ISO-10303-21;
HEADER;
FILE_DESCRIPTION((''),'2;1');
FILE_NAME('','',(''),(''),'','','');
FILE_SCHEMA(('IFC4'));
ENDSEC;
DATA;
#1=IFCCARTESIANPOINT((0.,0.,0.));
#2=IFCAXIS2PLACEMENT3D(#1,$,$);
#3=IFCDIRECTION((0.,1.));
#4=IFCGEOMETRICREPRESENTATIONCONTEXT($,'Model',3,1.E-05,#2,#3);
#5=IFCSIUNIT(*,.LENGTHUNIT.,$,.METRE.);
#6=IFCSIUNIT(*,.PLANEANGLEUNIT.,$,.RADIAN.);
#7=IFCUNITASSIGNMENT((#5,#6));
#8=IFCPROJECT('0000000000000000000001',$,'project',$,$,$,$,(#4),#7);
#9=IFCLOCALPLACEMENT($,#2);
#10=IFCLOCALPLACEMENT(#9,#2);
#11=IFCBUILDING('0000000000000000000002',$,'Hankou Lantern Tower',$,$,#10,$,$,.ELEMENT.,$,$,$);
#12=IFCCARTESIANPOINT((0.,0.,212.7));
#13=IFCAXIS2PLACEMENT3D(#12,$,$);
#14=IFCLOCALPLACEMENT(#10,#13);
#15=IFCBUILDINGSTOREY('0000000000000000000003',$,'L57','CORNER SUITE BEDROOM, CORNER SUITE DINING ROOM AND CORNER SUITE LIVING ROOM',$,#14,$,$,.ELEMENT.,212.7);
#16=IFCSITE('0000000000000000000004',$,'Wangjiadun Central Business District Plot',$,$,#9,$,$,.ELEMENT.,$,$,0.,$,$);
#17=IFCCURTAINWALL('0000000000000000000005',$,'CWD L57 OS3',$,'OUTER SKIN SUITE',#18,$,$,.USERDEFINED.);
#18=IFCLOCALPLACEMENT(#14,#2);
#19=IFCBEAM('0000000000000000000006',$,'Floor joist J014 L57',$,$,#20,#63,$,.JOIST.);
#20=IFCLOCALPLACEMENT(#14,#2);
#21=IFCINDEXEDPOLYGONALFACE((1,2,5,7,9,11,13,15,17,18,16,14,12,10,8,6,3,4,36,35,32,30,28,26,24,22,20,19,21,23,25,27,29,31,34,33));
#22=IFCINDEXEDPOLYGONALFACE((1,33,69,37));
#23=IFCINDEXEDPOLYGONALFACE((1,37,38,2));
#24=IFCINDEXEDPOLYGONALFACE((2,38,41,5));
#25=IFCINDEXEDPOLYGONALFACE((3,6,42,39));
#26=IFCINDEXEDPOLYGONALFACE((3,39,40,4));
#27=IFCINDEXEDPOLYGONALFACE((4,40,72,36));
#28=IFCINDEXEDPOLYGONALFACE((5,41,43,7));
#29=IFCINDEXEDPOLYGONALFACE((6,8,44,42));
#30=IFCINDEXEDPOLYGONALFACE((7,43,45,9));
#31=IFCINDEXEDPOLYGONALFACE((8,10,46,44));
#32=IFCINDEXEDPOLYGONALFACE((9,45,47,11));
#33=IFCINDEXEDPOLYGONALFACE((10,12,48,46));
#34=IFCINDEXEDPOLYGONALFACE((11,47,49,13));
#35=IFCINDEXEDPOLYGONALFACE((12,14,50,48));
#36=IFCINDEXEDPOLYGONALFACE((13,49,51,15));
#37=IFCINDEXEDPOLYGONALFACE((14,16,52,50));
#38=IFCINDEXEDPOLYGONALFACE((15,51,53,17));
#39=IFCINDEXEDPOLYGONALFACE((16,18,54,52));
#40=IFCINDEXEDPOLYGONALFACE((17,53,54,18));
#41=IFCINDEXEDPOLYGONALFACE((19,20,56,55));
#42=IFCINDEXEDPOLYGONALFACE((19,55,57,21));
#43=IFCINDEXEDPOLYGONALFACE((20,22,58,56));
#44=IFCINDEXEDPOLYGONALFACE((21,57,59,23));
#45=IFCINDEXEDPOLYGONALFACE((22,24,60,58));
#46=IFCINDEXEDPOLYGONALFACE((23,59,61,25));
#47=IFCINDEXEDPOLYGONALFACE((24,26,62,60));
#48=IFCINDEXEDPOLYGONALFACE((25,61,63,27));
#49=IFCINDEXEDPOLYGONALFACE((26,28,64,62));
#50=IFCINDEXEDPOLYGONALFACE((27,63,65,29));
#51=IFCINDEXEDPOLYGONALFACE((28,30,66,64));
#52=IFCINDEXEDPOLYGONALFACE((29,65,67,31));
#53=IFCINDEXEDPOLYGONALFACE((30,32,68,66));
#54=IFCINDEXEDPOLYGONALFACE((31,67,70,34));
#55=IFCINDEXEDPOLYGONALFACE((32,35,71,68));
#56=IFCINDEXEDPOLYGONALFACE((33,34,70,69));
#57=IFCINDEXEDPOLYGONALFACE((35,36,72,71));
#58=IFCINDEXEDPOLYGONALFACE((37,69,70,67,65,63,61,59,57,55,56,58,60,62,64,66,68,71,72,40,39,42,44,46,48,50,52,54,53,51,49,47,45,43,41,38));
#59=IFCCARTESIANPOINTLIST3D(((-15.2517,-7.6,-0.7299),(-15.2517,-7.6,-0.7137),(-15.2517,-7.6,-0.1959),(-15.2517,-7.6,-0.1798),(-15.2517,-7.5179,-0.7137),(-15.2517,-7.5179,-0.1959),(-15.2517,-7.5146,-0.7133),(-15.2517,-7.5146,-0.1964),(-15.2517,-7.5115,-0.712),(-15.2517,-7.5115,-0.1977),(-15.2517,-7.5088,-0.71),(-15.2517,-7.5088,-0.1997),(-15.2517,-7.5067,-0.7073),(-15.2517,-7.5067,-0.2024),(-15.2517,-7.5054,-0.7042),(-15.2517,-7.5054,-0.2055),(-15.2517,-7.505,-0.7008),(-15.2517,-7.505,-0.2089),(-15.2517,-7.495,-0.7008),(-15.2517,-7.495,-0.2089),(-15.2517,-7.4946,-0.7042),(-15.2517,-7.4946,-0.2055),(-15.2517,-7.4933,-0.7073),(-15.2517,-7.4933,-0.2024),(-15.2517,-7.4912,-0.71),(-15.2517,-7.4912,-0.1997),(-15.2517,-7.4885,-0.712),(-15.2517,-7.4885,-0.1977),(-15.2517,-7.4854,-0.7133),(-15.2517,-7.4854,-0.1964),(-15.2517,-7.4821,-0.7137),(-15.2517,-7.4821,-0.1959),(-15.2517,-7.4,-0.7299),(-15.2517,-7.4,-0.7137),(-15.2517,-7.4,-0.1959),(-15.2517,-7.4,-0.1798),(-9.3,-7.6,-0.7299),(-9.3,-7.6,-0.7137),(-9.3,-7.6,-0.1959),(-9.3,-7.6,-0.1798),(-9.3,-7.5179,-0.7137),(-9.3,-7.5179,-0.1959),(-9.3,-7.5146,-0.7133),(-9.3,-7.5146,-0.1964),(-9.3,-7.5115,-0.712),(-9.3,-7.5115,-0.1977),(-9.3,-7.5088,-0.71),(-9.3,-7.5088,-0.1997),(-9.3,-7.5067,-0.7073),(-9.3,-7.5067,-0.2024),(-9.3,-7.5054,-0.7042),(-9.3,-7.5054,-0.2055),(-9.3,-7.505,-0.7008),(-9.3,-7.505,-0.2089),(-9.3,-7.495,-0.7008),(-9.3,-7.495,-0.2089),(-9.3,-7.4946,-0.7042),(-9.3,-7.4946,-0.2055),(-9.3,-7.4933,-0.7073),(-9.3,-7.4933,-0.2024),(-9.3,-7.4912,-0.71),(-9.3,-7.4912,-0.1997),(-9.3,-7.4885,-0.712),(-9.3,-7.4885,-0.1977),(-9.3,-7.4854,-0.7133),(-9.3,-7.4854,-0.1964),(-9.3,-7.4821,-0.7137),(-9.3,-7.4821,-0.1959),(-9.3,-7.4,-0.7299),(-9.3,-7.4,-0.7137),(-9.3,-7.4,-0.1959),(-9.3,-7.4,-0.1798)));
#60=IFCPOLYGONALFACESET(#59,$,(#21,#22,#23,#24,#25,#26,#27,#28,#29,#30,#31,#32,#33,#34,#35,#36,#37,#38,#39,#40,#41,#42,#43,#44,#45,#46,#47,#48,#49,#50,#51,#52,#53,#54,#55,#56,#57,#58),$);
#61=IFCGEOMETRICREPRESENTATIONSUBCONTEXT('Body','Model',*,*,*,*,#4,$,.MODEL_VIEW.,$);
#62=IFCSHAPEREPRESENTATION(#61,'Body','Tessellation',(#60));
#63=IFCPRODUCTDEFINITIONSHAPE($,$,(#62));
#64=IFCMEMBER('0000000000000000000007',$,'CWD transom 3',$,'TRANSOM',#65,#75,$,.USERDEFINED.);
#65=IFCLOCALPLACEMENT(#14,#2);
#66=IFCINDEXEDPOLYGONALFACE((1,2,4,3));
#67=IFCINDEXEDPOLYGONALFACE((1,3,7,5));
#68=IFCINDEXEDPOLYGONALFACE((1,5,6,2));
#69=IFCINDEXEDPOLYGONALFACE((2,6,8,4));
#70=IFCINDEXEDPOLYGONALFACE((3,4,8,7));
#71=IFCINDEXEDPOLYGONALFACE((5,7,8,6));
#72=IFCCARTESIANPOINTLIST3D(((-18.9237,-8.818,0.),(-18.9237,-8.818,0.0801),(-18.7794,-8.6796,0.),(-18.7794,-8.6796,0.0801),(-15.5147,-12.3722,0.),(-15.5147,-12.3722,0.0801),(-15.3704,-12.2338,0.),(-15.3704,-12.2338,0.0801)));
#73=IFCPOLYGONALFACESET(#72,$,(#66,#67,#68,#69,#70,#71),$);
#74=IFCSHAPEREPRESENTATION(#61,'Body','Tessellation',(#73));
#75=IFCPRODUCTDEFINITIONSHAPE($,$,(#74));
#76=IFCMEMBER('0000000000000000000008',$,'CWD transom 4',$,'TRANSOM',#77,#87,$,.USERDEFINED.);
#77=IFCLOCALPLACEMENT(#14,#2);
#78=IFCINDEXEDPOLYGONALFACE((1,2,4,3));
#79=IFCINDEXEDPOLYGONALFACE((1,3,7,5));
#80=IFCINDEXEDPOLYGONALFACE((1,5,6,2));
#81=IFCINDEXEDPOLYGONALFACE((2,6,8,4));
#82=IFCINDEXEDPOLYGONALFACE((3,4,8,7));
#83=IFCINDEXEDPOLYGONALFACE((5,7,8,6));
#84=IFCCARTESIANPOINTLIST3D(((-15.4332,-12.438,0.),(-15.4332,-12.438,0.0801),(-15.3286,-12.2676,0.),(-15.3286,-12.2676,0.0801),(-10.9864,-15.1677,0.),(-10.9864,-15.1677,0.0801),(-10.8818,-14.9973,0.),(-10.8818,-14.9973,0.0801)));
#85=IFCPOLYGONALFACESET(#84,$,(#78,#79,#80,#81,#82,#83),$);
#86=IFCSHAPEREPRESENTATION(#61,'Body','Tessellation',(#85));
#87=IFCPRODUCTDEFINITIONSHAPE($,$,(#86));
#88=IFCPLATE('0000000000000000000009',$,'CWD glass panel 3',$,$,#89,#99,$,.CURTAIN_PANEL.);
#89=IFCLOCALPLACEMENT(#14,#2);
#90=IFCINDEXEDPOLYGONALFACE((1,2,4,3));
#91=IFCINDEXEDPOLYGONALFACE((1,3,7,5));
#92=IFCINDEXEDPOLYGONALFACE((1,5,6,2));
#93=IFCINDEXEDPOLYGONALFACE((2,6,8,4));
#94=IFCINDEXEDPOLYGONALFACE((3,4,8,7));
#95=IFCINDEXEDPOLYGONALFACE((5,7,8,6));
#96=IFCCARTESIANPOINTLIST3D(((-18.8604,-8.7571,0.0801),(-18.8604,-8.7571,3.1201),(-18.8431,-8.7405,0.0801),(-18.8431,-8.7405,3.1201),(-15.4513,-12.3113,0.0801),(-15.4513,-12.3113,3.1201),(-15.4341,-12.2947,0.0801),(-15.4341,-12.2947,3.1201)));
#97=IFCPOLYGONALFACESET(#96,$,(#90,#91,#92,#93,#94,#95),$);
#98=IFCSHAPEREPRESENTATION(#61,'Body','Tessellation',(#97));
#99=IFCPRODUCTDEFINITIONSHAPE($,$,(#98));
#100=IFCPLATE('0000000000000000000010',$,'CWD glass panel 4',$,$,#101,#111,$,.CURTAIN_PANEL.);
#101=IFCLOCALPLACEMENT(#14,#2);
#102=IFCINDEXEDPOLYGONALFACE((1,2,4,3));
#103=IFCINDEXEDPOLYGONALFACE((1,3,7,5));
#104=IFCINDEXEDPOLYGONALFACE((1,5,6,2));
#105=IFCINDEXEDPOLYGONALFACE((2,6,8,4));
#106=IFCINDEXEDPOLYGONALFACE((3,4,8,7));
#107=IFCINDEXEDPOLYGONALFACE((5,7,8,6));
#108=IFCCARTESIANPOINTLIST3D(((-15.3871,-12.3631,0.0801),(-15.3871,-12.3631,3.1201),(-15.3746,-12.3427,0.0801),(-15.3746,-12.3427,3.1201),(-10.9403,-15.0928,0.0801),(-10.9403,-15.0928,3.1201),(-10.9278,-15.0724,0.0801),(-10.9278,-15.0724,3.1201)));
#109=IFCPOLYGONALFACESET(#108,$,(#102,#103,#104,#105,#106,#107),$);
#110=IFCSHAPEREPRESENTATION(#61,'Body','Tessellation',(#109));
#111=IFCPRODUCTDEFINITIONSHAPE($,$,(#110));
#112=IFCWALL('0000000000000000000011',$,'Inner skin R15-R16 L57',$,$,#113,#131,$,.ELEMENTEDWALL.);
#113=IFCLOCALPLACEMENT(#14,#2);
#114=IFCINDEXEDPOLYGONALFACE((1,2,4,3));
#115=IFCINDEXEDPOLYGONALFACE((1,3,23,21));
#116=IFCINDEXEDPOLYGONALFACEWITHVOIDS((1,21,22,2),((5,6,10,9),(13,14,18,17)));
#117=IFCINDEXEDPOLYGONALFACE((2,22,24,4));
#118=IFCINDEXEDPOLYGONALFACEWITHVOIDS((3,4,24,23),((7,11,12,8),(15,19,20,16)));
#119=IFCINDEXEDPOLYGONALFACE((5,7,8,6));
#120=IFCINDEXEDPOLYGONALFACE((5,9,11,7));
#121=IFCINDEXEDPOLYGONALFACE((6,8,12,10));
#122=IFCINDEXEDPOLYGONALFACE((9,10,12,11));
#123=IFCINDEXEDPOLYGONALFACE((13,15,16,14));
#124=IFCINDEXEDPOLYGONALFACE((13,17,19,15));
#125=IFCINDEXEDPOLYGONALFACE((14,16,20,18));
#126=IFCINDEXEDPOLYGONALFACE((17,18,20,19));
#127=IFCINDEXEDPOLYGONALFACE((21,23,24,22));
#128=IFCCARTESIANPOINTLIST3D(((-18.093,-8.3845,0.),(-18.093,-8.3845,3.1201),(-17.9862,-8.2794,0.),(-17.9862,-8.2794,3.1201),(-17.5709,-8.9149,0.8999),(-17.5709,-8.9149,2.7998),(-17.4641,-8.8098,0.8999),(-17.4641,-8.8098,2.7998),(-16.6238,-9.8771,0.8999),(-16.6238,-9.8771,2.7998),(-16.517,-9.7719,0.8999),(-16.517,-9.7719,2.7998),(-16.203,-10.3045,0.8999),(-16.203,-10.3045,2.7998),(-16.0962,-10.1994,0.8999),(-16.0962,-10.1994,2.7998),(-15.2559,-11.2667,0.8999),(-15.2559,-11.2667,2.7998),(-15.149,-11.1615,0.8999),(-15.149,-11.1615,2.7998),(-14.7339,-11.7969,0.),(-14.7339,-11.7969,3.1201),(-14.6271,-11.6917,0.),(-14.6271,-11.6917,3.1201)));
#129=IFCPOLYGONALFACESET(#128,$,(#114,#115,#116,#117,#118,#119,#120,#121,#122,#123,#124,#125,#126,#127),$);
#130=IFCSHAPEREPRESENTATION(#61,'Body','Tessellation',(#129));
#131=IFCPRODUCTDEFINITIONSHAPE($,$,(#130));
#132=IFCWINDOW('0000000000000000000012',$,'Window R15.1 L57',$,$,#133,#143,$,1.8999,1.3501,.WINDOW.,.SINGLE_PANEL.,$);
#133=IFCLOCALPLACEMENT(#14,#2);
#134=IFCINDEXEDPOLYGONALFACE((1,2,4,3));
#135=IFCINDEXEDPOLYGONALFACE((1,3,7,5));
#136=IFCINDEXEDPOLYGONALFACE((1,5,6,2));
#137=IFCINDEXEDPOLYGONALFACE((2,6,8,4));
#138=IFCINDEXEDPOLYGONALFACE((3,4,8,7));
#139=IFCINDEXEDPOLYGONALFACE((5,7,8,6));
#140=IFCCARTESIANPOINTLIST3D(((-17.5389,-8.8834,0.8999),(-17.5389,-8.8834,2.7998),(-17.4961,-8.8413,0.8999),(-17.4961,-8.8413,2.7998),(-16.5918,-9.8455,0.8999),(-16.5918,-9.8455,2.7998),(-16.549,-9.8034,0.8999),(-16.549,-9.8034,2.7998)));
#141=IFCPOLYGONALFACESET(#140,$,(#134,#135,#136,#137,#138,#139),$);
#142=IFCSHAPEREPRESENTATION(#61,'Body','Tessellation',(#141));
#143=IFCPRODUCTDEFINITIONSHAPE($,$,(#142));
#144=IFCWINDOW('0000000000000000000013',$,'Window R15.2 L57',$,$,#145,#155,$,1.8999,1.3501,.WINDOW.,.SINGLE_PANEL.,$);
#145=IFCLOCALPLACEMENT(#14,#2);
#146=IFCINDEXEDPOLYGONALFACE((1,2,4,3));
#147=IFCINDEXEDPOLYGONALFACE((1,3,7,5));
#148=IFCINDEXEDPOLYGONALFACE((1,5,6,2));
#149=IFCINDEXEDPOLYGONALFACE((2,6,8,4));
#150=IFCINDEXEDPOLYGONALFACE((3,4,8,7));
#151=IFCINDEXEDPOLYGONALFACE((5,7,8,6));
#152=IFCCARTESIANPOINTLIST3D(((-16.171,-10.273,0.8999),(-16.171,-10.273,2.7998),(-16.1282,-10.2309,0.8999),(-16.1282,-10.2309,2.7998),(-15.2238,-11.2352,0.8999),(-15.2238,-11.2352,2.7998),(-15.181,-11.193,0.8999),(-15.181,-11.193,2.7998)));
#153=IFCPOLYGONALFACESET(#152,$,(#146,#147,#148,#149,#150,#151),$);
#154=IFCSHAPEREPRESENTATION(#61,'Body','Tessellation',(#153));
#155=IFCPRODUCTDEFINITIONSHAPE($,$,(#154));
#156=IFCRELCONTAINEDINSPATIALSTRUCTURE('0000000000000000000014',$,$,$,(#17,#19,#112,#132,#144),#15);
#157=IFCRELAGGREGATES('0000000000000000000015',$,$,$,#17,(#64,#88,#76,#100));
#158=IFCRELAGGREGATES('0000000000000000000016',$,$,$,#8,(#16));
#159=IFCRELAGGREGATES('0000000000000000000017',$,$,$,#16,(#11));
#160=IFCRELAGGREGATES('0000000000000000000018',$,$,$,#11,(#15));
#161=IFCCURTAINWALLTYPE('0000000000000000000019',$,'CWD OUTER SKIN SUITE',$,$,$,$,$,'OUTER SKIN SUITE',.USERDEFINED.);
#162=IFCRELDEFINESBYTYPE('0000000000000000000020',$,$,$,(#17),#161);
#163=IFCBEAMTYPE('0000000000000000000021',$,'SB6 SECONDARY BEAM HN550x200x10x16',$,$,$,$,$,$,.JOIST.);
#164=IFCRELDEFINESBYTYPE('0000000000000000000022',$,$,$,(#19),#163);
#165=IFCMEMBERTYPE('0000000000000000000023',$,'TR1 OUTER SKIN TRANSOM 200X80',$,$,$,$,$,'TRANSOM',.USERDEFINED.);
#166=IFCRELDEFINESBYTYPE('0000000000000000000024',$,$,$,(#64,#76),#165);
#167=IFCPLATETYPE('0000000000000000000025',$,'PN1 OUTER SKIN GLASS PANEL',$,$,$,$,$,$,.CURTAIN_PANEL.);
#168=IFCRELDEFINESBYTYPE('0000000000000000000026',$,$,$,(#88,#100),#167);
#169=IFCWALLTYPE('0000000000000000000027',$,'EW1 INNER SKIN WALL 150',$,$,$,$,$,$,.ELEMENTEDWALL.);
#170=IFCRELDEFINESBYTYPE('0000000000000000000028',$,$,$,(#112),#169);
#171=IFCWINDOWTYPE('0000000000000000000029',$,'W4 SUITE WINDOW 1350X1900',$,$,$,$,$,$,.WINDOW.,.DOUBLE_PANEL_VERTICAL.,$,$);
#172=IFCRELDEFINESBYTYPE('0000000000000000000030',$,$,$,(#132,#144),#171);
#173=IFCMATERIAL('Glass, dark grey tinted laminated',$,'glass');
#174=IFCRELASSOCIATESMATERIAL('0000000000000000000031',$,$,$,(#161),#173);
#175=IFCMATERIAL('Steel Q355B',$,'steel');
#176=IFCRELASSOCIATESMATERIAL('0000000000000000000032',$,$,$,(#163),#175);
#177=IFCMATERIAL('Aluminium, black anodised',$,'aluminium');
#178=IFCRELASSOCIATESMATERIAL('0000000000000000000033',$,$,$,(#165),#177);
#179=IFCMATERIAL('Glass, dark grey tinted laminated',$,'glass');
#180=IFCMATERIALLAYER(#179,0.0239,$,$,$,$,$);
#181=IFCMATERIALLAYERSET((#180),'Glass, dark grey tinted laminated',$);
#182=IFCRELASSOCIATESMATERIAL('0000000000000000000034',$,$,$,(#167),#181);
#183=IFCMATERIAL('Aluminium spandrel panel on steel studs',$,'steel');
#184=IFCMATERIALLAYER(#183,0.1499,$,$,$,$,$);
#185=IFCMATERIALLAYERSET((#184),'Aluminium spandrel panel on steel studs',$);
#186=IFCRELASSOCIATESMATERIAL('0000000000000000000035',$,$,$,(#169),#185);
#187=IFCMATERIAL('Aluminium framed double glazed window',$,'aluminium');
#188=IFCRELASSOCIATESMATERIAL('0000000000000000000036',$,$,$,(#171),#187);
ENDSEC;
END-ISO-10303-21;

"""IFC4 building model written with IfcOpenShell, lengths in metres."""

from ifc_helpers import new_model, si_unit, direction, frame, frame_2d, origin, origin_2d, place, context, subcontext, project, spatial, rectangle, i_section, extrude, material, layer, layer_set, material_profile, profile_set, type_object, element, fill, aggregate, save


model = new_model("IFC4")

# Units and contexts
model_context = context("Model", 3, precision=1e-05, world=origin(), true_north=direction((0.0, 1.0)))
body_context = subcontext(model_context, "Body", "Model", "MODEL_VIEW")
ifc_project = project(units=[si_unit("LENGTHUNIT", "METRE"), si_unit("PLANEANGLEUNIT", "RADIAN")], contexts=[model_context])

# Site, building, storey
site_placement = place(None, origin())
site = spatial("IfcSite", under=ifc_project, at=site_placement, Name="Wangjiadun Central Business District Plot", CompositionType="ELEMENT", RefElevation=0.0)
building_placement = place(site_placement, origin())
building = spatial("IfcBuilding", under=site, at=building_placement, Name="Hankou Lantern Tower", CompositionType="ELEMENT")
storey_placement = place(building_placement, frame((0.0, 0.0, 212.7)))
storey = spatial("IfcBuildingStorey", under=building, at=storey_placement, Name="L57", Description="CORNER SUITE BEDROOM, CORNER SUITE DINING ROOM AND CORNER SUITE LIVING ROOM", CompositionType="ELEMENT", Elevation=212.7)

# Curtain wall
ifc_material_1 = material(Name="Glass, dark grey tinted laminated", Category="glass")
curtain_wall_type = type_object("IfcCurtainWallType", Name="CWD OUTER SKIN SUITE", ElementType="OUTER SKIN SUITE", PredefinedType="USERDEFINED", material=ifc_material_1)
curtain_wall_placement = place(storey_placement, origin())
curtain_wall = element("IfcCurtainWall", 1, at=curtain_wall_placement, inside=storey, type_object=curtain_wall_type, Name="CWD L57 OS3", ObjectType="OUTER SKIN SUITE", PredefinedType="USERDEFINED")

# Beam
ifc_material_2 = material(Name="Steel Q355B", Category="steel")
ifc_material_profile_1 = material_profile(ifc_material_2, i_section(OverallWidth=0.2, OverallDepth=0.55, WebThickness=0.01, FlangeThickness=0.0161, FilletRadius=0.0129, at=origin_2d()), Name="HN550x200x10x16")
ifc_profile_set_1 = profile_set([ifc_material_profile_1], Name="Steel Q355B")
beam_type_1 = type_object("IfcBeamType", Name="SB6 SECONDARY BEAM HN550x200x10x16", PredefinedType="JOIST", material=ifc_profile_set_1)
beam_1_placement = place(storey_placement, frame((-15.2517, -7.5, -0.4548), z_axis=(1.0, 0.0, 0.0), x_axis=(0.0, 1.0, 0.0)))
element("IfcBeam", 2, at=beam_1_placement, inside=storey, type_object=beam_type_1, Name="Floor joist J014 L57", PredefinedType="JOIST", context=body_context, shape_type="SweptSolid", body=[
    extrude(i_section(OverallWidth=0.2, OverallDepth=0.55, WebThickness=0.01, FlangeThickness=0.0161, FilletRadius=0.0129, at=origin_2d()), origin(), (0.0, 0.0, 1.0), 5.9517),
])

# Members
ifc_material_3 = material(Name="Aluminium, black anodised", Category="aluminium")
ifc_material_profile_2 = material_profile(ifc_material_3, rectangle(XDim=0.2, YDim=0.0801, at=origin_2d()), Name="TR1 200X80")
ifc_profile_set_2 = profile_set([ifc_material_profile_2], Name="Aluminium, black anodised")
member_type_1 = type_object("IfcMemberType", Name="TR1 OUTER SKIN TRANSOM 200X80", ElementType="TRANSOM", PredefinedType="USERDEFINED", material=ifc_profile_set_2)
member_1_placement = place(storey_placement, frame((-18.8516, -8.7488, 0.04), z_axis=(0.692205, -0.721701, 0.0), x_axis=(0.721701, 0.692205, 0.0)))
member_1 = element("IfcMember", 3, at=member_1_placement, type_object=member_type_1, Name="CWD transom 3", ObjectType="TRANSOM", PredefinedType="USERDEFINED", context=body_context, shape_type="SweptSolid", body=[
    extrude(rectangle(XDim=0.2, YDim=0.0801, at=origin_2d()), origin(), (0.0, 0.0, 1.0), 4.9248),
])
member_2_placement = place(storey_placement, frame((-15.3809, -12.3528, 0.04), z_axis=(0.852235, -0.52316, 0.0), x_axis=(0.52316, 0.852235, 0.0)))
member_2 = element("IfcMember", 4, at=member_2_placement, type_object=member_type_1, Name="CWD transom 4", ObjectType="TRANSOM", PredefinedType="USERDEFINED", context=body_context, shape_type="SweptSolid", body=[
    extrude(rectangle(XDim=0.2, YDim=0.0801, at=origin_2d()), origin(), (0.0, 0.0, 1.0), 5.2178),
])

# Plates
ifc_material_4 = material(Name="Glass, dark grey tinted laminated", Category="glass")
ifc_layer_1 = layer(ifc_material_4, 0.0239)
ifc_layer_set_1 = layer_set([ifc_layer_1], Name="Glass, dark grey tinted laminated")
plate_type = type_object("IfcPlateType", Name="PN1 OUTER SKIN GLASS PANEL", PredefinedType="CURTAIN_PANEL", material=ifc_layer_set_1)
plate_1_placement = place(storey_placement, frame((-17.1472, -10.5259, 0.0801), z_axis=(0.0, 0.0, 1.0), x_axis=(0.692216, -0.721691, 0.0)))
plate_1 = element("IfcPlate", 5, at=plate_1_placement, type_object=plate_type, Name="CWD glass panel 3", PredefinedType="CURTAIN_PANEL", context=body_context, shape_type="SweptSolid", body=[
    extrude(rectangle(XDim=4.9248, YDim=0.0239, at=origin_2d()), origin(), (0.0, 0.0, 1.0), 3.04),
])
plate_2_placement = place(storey_placement, frame((-13.1575, -13.7178, 0.0801), z_axis=(0.0, 0.0, 1.0), x_axis=(0.852237, -0.523156, 0.0)))
plate_2 = element("IfcPlate", 6, at=plate_2_placement, type_object=plate_type, Name="CWD glass panel 4", PredefinedType="CURTAIN_PANEL", context=body_context, shape_type="SweptSolid", body=[
    extrude(rectangle(XDim=5.2178, YDim=0.0239, at=origin_2d()), origin(), (0.0, 0.0, 1.0), 3.04),
])
aggregate(curtain_wall, [member_1, plate_1, member_2, plate_2])

# Wall, openings, windows
ifc_material_5 = material(Name="Aluminium spandrel panel on steel studs", Category="steel")
ifc_layer_2 = layer(ifc_material_5, 0.1499)
ifc_layer_set_2 = layer_set([ifc_layer_2], Name="Aluminium spandrel panel on steel studs")
wall_type_1 = type_object("IfcWallType", Name="EW1 INNER SKIN WALL 150", PredefinedType="ELEMENTEDWALL", material=ifc_layer_set_2)
wall_1_placement = place(storey_placement, frame((-18.0396, -8.332, 0.0), z_axis=(0.0, 0.0, 1.0), x_axis=(0.701527, -0.712643, 0.0)))
wall_1 = element("IfcWall", 7, at=wall_1_placement, inside=storey, type_object=wall_type_1, Name="Inner skin R15-R16 L57", PredefinedType="ELEMENTEDWALL", context=body_context, shape_type="SweptSolid", body=[
    extrude(rectangle(XDim=4.7883, YDim=0.1499, at=frame_2d((2.394, 0.0))), origin(), (0.0, 0.0, 1.0), 3.1201),
])
opening_1_placement = place(wall_1_placement, frame((0.7441, 0.0, 0.8999)))
opening_1 = element("IfcOpeningElement", 8, at=opening_1_placement, cuts=wall_1, PredefinedType="OPENING", context=body_context, shape_type="SweptSolid", body=[
    extrude(rectangle(XDim=1.3501, YDim=1.8999, at=frame_2d((0.675, 0.95))), frame((0.0, 0.085, 0.0), z_axis=(0.0, -1.0, 0.0), x_axis=(1.0, 0.0, 0.0)), (0.0, 0.0, 1.0), 0.1699),
])
opening_2_placement = place(wall_1_placement, frame((2.6941, 0.0, 0.8999)))
opening_2 = element("IfcOpeningElement", 9, at=opening_2_placement, cuts=wall_1, PredefinedType="OPENING", context=body_context, shape_type="SweptSolid", body=[
    extrude(rectangle(XDim=1.3501, YDim=1.8999, at=frame_2d((0.675, 0.95))), frame((0.0, 0.085, 0.0), z_axis=(0.0, -1.0, 0.0), x_axis=(1.0, 0.0, 0.0)), (0.0, 0.0, 1.0), 0.1699),
])
ifc_material_6 = material(Name="Aluminium framed double glazed window", Category="aluminium")
window_type = type_object("IfcWindowType", Name="W4 SUITE WINDOW 1350X1900", PartitioningType="DOUBLE_PANEL_VERTICAL", PredefinedType="WINDOW", material=ifc_material_6)
window_1_placement = place(opening_1_placement, origin())
window_1 = element("IfcWindow", 10, at=window_1_placement, inside=storey, type_object=window_type, Name="Window R15.1 L57", OverallHeight=1.8999, OverallWidth=1.3501, PartitioningType="SINGLE_PANEL", PredefinedType="WINDOW", context=body_context, shape_type="SweptSolid", body=[
    extrude(rectangle(XDim=1.3501, YDim=1.8999, at=frame_2d((0.675, 0.95))), frame((0.0, 0.03, 0.0), z_axis=(0.0, -1.0, 0.0), x_axis=(1.0, 0.0, 0.0)), (0.0, 0.0, 1.0), 0.0601),
])
fill(opening_1, window_1)
window_2_placement = place(opening_2_placement, origin())
window_2 = element("IfcWindow", 11, at=window_2_placement, inside=storey, type_object=window_type, Name="Window R15.2 L57", OverallHeight=1.8999, OverallWidth=1.3501, PartitioningType="SINGLE_PANEL", PredefinedType="WINDOW", context=body_context, shape_type="SweptSolid", body=[
    extrude(rectangle(XDim=1.3501, YDim=1.8999, at=frame_2d((0.675, 0.95))), frame((0.0, 0.03, 0.0), z_axis=(0.0, -1.0, 0.0), x_axis=(1.0, 0.0, 0.0)), (0.0, 0.0, 1.0), 0.0601),
])
fill(opening_2, window_2)

save(model, "model.ifc")
